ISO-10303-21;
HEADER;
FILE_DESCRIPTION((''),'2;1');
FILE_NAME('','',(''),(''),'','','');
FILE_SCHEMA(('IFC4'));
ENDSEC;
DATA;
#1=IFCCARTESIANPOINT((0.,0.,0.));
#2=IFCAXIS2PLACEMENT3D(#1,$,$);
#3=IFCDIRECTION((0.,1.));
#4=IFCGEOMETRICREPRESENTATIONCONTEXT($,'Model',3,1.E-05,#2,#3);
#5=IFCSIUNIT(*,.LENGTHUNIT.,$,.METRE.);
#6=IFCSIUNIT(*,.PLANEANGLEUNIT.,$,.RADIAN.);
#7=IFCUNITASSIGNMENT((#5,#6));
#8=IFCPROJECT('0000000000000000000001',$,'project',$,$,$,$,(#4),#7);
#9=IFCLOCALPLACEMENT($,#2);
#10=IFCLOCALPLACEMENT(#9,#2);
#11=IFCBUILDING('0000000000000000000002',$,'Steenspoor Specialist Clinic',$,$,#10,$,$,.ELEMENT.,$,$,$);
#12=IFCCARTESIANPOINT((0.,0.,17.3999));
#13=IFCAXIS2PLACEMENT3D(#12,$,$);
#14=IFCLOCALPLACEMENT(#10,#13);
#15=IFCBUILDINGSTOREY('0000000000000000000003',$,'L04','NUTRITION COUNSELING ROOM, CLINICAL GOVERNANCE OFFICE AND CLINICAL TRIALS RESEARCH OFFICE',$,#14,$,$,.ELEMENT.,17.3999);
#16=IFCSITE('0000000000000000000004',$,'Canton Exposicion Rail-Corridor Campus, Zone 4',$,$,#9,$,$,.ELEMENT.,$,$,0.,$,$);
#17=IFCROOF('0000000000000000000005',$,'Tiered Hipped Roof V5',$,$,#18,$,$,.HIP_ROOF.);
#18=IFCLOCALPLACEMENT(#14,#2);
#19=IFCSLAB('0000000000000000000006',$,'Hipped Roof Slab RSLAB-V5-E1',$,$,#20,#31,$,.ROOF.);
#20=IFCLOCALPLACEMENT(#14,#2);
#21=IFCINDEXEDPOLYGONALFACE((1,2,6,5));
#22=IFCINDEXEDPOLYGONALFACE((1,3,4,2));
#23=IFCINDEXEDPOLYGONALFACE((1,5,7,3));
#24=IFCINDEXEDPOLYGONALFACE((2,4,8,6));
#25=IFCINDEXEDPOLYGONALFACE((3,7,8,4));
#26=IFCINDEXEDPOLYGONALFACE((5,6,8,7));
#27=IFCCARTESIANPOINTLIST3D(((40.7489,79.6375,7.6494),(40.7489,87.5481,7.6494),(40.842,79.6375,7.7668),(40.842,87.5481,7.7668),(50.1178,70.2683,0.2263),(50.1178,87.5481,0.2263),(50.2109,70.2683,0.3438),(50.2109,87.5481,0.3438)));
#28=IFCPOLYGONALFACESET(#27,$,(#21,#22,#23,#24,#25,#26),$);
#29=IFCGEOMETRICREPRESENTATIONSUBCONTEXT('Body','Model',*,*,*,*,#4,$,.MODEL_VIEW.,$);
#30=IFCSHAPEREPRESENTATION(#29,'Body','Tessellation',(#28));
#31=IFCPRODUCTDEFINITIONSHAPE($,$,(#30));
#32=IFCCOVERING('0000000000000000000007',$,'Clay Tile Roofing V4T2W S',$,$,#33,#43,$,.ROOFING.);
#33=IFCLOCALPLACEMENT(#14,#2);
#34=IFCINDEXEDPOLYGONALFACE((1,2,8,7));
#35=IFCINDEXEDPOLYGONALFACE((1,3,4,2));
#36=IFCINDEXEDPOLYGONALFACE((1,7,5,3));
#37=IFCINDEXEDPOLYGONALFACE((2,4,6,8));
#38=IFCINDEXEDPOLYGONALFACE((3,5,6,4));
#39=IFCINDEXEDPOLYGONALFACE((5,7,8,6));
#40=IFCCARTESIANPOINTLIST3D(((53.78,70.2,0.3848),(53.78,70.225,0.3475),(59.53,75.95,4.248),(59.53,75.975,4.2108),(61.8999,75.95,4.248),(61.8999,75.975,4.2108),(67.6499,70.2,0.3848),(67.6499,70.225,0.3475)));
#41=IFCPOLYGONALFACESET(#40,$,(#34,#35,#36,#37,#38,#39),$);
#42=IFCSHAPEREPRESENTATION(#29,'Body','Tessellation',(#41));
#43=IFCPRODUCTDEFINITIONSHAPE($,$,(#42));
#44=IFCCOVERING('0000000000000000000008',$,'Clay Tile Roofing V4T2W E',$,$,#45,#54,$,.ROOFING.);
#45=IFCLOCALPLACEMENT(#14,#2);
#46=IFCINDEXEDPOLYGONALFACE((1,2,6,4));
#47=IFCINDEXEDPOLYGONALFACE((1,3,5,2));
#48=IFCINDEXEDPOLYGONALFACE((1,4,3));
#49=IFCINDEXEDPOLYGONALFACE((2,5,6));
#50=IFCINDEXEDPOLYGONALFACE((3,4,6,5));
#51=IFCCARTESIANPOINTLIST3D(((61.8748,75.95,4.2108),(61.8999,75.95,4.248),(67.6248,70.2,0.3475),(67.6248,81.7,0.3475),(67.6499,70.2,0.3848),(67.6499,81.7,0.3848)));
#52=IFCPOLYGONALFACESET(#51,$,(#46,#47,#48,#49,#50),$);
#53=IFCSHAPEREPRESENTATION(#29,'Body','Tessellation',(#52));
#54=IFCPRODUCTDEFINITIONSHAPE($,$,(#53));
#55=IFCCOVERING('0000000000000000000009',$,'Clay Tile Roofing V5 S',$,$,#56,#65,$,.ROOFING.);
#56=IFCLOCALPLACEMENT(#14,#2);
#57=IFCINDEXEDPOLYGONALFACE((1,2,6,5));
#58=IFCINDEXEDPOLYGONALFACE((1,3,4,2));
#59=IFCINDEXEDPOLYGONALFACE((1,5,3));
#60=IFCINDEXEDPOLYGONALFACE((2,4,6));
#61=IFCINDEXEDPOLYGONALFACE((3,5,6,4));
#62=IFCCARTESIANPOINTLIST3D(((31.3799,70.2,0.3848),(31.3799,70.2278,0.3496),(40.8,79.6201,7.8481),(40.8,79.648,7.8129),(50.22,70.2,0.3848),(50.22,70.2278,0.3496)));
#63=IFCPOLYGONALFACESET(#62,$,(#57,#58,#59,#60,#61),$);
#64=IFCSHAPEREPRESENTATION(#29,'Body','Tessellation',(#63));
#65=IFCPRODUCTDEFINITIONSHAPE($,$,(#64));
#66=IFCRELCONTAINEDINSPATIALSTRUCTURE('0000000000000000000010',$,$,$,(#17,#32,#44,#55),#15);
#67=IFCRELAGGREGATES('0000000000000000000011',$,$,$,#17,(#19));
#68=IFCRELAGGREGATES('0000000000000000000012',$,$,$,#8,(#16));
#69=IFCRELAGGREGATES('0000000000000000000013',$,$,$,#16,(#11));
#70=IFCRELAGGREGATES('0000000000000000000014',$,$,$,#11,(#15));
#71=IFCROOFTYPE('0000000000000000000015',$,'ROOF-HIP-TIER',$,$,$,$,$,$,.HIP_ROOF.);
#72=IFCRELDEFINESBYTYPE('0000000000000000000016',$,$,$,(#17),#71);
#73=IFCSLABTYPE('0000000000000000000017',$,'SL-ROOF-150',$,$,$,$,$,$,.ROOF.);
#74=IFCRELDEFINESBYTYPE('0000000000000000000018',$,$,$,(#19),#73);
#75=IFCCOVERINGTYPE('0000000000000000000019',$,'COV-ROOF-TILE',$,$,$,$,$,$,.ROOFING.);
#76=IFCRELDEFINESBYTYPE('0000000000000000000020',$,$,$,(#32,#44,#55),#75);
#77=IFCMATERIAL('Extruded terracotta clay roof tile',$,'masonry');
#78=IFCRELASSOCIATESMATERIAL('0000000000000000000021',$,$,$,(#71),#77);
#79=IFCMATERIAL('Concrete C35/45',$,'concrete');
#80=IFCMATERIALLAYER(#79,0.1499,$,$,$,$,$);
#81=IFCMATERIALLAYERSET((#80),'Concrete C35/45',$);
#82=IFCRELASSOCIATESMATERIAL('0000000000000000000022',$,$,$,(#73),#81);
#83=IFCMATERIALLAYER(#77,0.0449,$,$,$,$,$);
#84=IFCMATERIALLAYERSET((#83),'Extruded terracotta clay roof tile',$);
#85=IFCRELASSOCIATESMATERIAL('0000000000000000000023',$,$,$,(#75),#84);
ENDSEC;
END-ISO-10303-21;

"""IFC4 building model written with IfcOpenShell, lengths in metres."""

from ifc_helpers import new_model, si_unit, direction, frame, origin, place, context, subcontext, project, spatial, polyline, outline, extrude, material, layer, layer_set, type_object, element, aggregate, save


model = new_model("IFC4")

# Units and contexts
model_context = context("Model", 3, precision=1e-05, world=origin(), true_north=direction((0.0, 1.0)))
body_context = subcontext(model_context, "Body", "Model", "MODEL_VIEW")
ifc_project = project(units=[si_unit("LENGTHUNIT", "METRE"), si_unit("PLANEANGLEUNIT", "RADIAN")], contexts=[model_context])

# Site, building, storey
site_placement = place(None, origin())
site = spatial("IfcSite", under=ifc_project, at=site_placement, Name="Canton Exposicion Rail-Corridor Campus, Zone 4", CompositionType="ELEMENT", RefElevation=0.0)
building_placement = place(site_placement, origin())
building = spatial("IfcBuilding", under=site, at=building_placement, Name="Steenspoor Specialist Clinic", CompositionType="ELEMENT")
storey_placement = place(building_placement, frame((0.0, 0.0, 17.3999)))
storey = spatial("IfcBuildingStorey", under=building, at=storey_placement, Name="L04", Description="NUTRITION COUNSELING ROOM, CLINICAL GOVERNANCE OFFICE AND CLINICAL TRIALS RESEARCH OFFICE", CompositionType="ELEMENT", Elevation=17.3999)

# Roof, slab
ifc_material_1 = material(Name="Extruded terracotta clay roof tile", Category="masonry")
roof_type = type_object("IfcRoofType", Name="ROOF-HIP-TIER", PredefinedType="HIP_ROOF", material=ifc_material_1)
ifc_material_2 = material(Name="Concrete C35/45", Category="concrete")
ifc_layer_1 = layer(ifc_material_2, 0.1499)
ifc_layer_set_1 = layer_set([ifc_layer_1], Name="Concrete C35/45")
slab_type = type_object("IfcSlabType", Name="SL-ROOF-150", PredefinedType="ROOF", material=ifc_layer_set_1)
roof_1_placement = place(storey_placement, origin())
roof_1 = element("IfcRoof", 1, at=roof_1_placement, inside=storey, type_object=roof_type, Name="Tiered Hipped Roof V5", PredefinedType="HIP_ROOF")
slab_1_placement = place(storey_placement, frame((50.2109, 70.2683, 0.3438), z_axis=(0.621014, 0.0, 0.783799), x_axis=(0.0, 1.0, 0.0)))
slab_1 = element("IfcSlab", 2, at=slab_1_placement, type_object=slab_type, Name="Hipped Roof Slab RSLAB-V5-E1", PredefinedType="ROOF", context=body_context, shape_type="SweptSolid", body=[
    extrude(outline(polyline([(0.0, 0.0), (17.2798, 0.0), (17.2798, 11.9532), (9.3691, 11.9532), (0.0, 0.0)])), origin(), (0.0, 0.0, -1.0), 0.1499),
])
aggregate(roof_1, [slab_1])

# Coverings
ifc_layer_2 = layer(ifc_material_1, 0.0449)
ifc_layer_set_2 = layer_set([ifc_layer_2], Name="Extruded terracotta clay roof tile")
covering_type = type_object("IfcCoveringType", Name="COV-ROOF-TILE", PredefinedType="ROOFING", material=ifc_layer_set_2)
covering_1_placement = place(storey_placement, frame((53.78, 70.2, 0.3848), z_axis=(0.0, -0.55769, 0.83005), x_axis=(1.0, 0.0, 0.0)))
element("IfcCovering", 3, at=covering_1_placement, inside=storey, type_object=covering_type, Name="Clay Tile Roofing V4T2W S", PredefinedType="ROOFING", context=body_context, shape_type="SweptSolid", body=[
    extrude(outline(polyline([(0.0, 0.0), (13.8699, 0.0), (8.1199, 6.9273), (5.75, 6.9273), (0.0, 0.0)])), origin(), (0.0, 0.0, -1.0), 0.0449),
])
covering_2_placement = place(storey_placement, frame((67.6499, 70.2, 0.3848), z_axis=(0.55769, 0.0, 0.83005), x_axis=(0.0, 1.0, 0.0)))
element("IfcCovering", 4, at=covering_2_placement, inside=storey, type_object=covering_type, Name="Clay Tile Roofing V4T2W E", PredefinedType="ROOFING", context=body_context, shape_type="SweptSolid", body=[
    extrude(outline(polyline([(0.0, 0.0), (11.5, 0.0), (5.75, 6.9273), (0.0, 0.0)])), origin(), (0.0, 0.0, -1.0), 0.0449),
])
covering_3_placement = place(storey_placement, frame((31.3799, 70.2, 0.3848), z_axis=(0.0, -0.620997, 0.783813), x_axis=(1.0, 0.0, 0.0)))
element("IfcCovering", 5, at=covering_3_placement, inside=storey, type_object=covering_type, Name="Clay Tile Roofing V5 S", PredefinedType="ROOFING", context=body_context, shape_type="SweptSolid", body=[
    extrude(outline(polyline([(0.0, 0.0), (18.8401, 0.0), (9.4202, 12.0184), (0.0, 0.0)])), origin(), (0.0, 0.0, -1.0), 0.0449),
])

save(model, "model.ifc")
